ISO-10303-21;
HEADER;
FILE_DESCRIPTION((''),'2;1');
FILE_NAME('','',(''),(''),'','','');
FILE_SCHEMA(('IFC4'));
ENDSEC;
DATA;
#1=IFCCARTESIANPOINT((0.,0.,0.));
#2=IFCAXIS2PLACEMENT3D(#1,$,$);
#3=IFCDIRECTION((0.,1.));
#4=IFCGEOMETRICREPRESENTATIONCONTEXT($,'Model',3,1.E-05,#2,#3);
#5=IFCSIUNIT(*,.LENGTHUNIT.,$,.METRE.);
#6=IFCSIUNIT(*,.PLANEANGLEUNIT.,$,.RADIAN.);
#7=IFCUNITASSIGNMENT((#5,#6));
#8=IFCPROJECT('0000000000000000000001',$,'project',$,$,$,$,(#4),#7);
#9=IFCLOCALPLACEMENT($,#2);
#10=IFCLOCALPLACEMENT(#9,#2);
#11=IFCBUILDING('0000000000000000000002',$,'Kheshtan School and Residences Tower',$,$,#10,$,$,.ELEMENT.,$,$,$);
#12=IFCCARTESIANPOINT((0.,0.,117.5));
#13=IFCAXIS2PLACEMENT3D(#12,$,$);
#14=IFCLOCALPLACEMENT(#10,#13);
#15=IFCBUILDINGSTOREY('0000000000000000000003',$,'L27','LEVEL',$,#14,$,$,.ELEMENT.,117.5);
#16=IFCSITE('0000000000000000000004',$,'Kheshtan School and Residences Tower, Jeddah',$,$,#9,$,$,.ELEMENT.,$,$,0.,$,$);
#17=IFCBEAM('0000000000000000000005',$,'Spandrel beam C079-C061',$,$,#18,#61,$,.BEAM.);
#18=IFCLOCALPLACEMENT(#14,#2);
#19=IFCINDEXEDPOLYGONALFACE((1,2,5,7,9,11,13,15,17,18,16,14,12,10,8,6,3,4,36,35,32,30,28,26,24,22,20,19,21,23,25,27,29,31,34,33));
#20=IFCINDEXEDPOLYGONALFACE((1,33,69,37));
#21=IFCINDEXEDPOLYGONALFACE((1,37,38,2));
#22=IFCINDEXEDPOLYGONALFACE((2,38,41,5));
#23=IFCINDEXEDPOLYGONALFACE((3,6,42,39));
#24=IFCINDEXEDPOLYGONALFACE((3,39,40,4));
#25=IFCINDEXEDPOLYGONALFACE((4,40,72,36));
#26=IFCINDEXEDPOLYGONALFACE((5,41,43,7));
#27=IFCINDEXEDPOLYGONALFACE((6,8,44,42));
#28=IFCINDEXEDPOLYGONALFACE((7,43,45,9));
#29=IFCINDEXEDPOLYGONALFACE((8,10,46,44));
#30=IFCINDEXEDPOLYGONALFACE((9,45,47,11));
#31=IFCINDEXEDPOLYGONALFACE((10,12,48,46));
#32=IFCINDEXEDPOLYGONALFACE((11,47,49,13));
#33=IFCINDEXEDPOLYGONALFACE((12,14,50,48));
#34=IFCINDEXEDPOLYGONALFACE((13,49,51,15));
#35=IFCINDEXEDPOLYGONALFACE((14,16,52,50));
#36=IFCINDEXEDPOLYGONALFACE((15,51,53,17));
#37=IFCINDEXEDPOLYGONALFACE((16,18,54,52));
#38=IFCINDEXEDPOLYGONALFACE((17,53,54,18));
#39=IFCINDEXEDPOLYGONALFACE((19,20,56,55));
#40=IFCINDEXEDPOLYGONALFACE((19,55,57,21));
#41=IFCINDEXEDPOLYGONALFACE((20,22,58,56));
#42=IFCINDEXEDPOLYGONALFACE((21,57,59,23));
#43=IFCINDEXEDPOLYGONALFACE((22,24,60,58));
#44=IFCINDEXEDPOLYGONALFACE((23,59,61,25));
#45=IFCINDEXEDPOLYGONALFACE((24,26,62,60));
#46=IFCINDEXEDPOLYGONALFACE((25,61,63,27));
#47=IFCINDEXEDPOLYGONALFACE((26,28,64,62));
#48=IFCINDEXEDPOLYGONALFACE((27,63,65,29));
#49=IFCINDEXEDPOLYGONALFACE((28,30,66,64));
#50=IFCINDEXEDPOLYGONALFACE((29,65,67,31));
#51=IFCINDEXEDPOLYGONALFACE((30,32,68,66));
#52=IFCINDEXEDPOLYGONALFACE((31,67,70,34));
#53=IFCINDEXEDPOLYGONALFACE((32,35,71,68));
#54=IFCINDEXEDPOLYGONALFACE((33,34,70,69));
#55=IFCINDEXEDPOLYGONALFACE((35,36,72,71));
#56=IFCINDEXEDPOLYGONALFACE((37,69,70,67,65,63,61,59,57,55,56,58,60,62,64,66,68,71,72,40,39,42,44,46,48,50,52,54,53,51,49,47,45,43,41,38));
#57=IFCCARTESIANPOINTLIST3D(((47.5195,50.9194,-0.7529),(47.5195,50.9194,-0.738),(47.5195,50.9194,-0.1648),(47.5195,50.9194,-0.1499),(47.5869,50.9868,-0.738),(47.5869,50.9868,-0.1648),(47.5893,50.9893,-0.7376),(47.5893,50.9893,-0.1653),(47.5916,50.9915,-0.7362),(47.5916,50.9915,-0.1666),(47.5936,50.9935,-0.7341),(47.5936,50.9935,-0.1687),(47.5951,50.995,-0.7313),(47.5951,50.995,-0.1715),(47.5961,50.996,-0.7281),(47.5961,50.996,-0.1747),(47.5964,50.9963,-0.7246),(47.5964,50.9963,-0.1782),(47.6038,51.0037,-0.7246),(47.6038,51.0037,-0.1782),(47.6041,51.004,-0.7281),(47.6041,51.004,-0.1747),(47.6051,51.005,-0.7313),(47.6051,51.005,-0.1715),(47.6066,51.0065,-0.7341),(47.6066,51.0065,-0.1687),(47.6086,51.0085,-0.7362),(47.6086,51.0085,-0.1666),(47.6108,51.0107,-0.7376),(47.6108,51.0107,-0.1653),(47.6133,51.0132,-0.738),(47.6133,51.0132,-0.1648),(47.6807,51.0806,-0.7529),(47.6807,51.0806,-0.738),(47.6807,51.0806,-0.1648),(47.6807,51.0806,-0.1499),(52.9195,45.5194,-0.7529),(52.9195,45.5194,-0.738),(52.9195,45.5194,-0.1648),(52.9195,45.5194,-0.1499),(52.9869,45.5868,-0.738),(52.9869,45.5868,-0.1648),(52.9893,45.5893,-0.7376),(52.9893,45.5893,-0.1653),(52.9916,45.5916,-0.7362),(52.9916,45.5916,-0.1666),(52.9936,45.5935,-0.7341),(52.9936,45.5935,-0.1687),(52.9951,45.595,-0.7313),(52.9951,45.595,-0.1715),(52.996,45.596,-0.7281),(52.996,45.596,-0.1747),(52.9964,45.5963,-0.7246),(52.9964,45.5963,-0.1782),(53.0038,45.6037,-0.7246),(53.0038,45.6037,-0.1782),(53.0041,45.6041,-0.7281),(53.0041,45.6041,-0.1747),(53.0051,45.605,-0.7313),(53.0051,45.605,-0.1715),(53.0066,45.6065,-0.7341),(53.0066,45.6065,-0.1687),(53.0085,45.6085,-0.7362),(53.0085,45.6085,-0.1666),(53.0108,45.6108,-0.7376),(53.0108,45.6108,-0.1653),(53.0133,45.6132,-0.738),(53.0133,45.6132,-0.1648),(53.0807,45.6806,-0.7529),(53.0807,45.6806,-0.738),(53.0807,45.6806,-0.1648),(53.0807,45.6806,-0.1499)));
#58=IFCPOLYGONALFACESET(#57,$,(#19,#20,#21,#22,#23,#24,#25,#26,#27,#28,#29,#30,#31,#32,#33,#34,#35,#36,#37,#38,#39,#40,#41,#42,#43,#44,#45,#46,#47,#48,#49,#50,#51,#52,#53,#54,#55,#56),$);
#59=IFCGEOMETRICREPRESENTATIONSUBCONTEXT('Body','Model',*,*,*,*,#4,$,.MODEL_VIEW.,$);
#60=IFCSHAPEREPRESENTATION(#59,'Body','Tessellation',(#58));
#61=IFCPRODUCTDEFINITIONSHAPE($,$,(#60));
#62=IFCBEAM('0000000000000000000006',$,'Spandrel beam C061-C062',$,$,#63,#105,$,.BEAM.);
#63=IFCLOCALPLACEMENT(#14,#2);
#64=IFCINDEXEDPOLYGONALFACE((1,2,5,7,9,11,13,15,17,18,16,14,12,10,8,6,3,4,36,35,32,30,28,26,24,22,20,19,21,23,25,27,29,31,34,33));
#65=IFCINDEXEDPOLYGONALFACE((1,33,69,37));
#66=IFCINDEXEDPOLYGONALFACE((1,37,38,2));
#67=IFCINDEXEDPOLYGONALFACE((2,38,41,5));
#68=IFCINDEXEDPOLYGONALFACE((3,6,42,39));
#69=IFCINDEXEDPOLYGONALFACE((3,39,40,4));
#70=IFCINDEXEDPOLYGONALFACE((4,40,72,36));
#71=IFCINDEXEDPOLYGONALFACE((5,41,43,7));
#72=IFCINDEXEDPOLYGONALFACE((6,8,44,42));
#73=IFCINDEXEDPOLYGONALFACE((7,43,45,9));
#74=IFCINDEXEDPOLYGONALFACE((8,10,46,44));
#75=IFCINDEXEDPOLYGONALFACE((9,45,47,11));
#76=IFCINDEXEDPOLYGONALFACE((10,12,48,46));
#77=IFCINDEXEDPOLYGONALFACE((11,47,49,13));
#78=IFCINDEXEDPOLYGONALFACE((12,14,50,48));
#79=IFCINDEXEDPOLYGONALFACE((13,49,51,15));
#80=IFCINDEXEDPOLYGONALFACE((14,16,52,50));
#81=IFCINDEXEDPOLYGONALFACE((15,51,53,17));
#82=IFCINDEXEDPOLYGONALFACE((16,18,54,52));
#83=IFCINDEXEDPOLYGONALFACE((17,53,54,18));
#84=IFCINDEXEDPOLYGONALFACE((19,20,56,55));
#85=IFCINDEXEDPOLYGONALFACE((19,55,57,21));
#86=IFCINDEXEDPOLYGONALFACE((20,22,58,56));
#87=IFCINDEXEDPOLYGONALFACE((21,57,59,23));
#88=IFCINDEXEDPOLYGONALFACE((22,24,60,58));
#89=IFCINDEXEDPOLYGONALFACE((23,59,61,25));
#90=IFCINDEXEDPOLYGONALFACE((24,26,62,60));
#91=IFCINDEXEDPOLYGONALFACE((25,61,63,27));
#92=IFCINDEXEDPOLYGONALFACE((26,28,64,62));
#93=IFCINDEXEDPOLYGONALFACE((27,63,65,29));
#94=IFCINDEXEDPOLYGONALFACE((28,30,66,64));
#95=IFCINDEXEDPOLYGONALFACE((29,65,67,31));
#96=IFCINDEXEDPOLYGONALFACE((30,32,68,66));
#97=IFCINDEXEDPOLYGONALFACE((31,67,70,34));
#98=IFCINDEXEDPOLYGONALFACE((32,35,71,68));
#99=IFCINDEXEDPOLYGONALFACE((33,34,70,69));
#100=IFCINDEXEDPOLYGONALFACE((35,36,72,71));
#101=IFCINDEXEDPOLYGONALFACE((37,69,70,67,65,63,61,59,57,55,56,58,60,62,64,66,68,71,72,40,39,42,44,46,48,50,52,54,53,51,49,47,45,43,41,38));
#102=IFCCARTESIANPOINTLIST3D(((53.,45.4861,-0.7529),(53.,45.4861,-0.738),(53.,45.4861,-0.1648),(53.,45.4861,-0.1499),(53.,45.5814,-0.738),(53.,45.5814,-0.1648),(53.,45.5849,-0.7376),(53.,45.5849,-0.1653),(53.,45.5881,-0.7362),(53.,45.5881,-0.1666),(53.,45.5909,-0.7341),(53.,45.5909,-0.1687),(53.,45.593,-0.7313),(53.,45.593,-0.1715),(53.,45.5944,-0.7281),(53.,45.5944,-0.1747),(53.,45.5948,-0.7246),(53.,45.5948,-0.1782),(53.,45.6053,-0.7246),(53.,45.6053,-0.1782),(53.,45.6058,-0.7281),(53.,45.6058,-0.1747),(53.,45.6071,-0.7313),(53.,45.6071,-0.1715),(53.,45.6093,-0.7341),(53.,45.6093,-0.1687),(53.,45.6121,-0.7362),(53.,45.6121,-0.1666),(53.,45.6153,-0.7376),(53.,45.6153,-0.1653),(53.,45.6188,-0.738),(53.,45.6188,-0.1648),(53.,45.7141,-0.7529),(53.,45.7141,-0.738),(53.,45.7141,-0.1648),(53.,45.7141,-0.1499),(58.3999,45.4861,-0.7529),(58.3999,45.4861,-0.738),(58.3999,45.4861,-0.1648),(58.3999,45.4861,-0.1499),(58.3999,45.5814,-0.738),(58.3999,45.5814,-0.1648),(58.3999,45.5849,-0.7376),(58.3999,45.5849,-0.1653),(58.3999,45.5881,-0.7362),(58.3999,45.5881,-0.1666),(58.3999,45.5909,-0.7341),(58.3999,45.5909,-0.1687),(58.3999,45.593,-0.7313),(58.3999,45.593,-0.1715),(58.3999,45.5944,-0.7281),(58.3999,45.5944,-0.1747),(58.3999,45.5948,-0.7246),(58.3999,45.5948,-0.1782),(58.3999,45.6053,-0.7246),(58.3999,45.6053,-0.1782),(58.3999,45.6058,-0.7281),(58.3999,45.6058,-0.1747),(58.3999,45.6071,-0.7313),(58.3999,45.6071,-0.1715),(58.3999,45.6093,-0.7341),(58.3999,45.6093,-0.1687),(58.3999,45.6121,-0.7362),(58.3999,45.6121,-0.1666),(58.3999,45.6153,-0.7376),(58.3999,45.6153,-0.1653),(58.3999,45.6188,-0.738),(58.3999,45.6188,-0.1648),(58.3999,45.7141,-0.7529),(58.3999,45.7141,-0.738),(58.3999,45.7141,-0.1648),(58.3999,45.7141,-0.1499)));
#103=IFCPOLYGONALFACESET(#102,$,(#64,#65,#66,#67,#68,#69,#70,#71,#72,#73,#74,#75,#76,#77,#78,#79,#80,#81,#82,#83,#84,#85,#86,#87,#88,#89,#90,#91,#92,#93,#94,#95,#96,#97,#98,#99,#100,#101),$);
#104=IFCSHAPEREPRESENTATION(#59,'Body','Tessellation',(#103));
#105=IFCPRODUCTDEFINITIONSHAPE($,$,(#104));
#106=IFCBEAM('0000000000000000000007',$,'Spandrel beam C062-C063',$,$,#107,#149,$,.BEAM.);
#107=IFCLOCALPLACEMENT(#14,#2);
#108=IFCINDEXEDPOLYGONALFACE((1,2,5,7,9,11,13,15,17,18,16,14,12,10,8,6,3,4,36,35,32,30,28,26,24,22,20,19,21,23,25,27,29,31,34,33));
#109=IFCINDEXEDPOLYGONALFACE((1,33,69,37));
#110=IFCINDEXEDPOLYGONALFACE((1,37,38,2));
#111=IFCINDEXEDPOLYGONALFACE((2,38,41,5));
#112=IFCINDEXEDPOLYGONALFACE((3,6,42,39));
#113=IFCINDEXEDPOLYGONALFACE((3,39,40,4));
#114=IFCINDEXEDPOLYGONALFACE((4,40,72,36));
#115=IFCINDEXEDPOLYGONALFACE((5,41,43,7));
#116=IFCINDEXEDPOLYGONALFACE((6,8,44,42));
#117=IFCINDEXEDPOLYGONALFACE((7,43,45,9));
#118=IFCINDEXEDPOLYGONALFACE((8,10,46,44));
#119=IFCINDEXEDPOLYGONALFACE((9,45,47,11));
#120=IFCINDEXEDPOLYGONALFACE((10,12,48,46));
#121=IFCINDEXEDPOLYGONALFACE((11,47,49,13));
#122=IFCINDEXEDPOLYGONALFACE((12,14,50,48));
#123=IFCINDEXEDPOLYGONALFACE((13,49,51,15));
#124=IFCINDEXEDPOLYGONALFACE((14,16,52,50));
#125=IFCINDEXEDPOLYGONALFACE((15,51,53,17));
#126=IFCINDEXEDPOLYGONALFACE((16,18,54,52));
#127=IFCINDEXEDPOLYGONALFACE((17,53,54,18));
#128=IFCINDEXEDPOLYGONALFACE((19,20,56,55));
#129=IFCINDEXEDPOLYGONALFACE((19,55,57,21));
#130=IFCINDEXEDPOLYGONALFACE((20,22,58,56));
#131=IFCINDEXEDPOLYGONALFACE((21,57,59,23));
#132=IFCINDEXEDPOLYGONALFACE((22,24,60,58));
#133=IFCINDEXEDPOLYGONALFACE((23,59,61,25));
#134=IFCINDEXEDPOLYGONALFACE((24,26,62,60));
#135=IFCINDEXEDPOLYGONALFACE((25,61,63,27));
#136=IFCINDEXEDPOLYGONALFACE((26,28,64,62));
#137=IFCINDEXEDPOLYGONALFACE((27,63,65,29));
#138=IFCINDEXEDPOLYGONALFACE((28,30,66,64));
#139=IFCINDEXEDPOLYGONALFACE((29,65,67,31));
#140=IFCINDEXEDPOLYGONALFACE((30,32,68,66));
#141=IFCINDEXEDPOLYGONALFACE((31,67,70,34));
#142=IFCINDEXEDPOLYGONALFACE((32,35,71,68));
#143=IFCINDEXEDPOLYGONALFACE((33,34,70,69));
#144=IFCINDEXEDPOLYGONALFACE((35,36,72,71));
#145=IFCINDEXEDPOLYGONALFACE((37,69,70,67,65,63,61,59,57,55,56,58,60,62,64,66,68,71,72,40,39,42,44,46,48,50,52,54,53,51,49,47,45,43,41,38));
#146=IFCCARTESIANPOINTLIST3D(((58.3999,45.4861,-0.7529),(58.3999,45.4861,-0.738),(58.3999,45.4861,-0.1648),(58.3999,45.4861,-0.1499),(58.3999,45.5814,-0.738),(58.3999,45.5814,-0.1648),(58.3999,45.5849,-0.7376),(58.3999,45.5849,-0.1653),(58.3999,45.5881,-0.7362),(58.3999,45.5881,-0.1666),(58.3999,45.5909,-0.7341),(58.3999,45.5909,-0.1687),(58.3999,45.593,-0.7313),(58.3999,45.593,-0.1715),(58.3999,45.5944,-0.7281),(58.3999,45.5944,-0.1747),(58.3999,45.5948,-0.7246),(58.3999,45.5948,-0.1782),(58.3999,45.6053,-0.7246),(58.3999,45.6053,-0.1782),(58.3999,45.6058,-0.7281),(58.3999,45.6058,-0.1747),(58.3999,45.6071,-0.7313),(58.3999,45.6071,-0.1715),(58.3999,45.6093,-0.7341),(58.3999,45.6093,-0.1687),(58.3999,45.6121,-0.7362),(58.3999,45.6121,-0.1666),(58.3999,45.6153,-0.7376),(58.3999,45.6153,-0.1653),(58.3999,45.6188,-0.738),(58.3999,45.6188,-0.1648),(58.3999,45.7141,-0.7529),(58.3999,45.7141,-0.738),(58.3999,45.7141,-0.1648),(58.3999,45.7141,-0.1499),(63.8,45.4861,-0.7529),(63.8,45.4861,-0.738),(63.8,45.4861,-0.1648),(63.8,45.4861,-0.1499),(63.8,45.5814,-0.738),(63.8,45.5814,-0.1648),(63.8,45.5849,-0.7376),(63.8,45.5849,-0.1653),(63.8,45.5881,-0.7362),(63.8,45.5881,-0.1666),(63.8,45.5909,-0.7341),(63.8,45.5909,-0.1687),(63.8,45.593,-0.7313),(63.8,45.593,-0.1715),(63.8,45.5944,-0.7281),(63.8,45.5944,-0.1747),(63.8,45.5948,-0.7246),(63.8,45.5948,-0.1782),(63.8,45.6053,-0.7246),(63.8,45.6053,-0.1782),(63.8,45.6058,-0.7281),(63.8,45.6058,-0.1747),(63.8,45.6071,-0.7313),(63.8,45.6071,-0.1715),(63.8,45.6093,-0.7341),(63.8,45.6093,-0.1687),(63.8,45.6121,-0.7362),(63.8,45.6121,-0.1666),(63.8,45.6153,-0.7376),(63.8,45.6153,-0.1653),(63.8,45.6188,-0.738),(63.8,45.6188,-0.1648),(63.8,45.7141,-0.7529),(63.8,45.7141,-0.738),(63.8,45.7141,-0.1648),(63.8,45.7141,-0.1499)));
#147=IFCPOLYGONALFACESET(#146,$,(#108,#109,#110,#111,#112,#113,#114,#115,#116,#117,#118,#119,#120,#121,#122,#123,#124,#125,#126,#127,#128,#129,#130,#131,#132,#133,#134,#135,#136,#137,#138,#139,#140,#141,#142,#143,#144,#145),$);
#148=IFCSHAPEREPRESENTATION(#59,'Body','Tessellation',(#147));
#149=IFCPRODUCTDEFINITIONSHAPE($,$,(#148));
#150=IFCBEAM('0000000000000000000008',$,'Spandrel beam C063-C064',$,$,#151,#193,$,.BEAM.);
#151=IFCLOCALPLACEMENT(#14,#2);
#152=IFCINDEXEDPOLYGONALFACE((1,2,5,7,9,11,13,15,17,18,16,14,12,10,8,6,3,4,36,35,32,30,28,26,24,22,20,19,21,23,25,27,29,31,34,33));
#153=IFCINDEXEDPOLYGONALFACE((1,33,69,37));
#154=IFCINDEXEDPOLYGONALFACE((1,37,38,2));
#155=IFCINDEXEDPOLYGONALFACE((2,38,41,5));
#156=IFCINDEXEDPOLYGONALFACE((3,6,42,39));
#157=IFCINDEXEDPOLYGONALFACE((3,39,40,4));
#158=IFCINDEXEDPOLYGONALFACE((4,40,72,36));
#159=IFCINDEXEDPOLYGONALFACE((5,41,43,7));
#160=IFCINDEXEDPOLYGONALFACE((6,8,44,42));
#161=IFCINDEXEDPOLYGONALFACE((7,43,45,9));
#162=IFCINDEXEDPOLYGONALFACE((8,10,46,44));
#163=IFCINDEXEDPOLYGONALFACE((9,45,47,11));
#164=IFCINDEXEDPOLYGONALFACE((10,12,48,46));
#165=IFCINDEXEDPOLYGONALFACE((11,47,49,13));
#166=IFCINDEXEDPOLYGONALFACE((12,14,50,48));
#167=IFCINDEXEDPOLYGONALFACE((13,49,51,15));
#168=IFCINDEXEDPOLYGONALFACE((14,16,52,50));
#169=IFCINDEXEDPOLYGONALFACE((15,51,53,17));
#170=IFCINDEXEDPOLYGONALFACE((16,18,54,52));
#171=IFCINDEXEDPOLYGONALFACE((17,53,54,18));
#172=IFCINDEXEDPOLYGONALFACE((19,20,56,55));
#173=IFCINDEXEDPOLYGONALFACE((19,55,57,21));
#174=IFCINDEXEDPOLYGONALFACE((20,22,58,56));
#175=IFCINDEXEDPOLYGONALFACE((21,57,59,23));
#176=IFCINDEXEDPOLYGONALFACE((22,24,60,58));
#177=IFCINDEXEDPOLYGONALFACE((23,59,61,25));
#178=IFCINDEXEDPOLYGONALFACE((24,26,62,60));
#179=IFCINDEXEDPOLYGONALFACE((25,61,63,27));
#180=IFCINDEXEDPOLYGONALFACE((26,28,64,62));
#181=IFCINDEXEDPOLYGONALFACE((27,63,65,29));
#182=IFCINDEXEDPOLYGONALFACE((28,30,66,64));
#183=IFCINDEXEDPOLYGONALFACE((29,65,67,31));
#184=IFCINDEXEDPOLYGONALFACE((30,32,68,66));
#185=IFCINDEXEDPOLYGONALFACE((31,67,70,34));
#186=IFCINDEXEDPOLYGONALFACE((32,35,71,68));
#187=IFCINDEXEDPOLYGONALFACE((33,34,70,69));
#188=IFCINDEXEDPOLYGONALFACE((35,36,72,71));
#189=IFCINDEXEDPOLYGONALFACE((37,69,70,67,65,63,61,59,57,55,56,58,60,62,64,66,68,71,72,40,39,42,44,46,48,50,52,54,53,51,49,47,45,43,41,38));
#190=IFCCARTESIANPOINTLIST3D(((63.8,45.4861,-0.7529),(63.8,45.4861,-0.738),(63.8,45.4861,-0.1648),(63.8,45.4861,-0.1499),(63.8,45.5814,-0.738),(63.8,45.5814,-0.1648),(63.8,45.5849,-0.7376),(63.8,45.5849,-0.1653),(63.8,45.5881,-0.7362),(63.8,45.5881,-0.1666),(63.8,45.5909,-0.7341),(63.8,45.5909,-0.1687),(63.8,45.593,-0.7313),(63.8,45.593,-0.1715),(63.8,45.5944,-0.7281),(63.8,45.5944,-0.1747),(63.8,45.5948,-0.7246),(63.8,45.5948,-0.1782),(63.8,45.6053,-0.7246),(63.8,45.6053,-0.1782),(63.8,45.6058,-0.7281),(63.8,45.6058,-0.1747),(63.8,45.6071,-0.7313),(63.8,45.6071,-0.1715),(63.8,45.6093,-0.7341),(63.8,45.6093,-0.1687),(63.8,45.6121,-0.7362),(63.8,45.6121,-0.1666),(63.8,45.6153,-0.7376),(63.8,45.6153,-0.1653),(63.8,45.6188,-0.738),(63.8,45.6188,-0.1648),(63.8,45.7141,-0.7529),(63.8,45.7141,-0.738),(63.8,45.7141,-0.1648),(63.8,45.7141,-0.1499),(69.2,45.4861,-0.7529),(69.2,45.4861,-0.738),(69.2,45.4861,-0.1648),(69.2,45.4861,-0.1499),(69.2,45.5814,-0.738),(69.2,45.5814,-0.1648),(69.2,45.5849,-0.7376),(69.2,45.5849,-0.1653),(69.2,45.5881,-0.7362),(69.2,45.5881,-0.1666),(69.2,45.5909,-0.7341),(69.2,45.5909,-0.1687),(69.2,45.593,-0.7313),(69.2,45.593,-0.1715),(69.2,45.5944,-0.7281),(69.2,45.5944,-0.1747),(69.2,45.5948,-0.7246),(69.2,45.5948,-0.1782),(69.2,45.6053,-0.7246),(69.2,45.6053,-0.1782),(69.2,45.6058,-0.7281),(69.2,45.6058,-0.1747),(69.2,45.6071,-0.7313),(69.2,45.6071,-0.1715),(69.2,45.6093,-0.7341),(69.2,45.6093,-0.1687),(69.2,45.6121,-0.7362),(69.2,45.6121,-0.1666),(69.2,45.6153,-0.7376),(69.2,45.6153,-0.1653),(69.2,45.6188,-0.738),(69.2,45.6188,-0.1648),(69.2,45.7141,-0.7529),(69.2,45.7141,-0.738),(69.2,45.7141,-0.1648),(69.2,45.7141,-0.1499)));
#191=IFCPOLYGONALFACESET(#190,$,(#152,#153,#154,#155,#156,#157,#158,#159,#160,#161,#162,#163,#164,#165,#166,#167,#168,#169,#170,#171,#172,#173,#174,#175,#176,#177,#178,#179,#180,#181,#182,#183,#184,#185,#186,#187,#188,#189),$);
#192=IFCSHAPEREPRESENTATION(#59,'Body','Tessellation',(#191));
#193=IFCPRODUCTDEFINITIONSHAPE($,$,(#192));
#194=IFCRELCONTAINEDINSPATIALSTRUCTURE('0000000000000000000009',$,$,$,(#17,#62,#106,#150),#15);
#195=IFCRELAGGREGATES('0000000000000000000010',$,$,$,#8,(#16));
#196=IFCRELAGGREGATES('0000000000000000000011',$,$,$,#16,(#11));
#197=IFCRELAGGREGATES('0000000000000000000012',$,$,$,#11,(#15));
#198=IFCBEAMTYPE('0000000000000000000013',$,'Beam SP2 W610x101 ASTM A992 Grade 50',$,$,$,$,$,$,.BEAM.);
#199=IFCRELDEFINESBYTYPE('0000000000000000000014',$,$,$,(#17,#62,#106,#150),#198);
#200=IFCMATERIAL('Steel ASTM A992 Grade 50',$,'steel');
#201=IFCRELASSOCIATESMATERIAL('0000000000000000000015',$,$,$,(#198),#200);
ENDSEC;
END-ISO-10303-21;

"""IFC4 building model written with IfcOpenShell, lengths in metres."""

from ifc_helpers import new_model, si_unit, direction, frame, origin, origin_2d, place, context, subcontext, project, spatial, i_section, extrude, material, material_profile, profile_set, type_object, element, save


model = new_model("IFC4")

# Units and contexts
model_context = context("Model", 3, precision=1e-05, world=origin(), true_north=direction((0.0, 1.0)))
body_context = subcontext(model_context, "Body", "Model", "MODEL_VIEW")
ifc_project = project(units=[si_unit("LENGTHUNIT", "METRE"), si_unit("PLANEANGLEUNIT", "RADIAN")], contexts=[model_context])

# Site, building, storey
site_placement = place(None, origin())
site = spatial("IfcSite", under=ifc_project, at=site_placement, Name="Kheshtan School and Residences Tower, Jeddah", CompositionType="ELEMENT", RefElevation=0.0)
building_placement = place(site_placement, origin())
building = spatial("IfcBuilding", under=site, at=building_placement, Name="Kheshtan School and Residences Tower", CompositionType="ELEMENT")
storey_placement = place(building_placement, frame((0.0, 0.0, 117.5)))
storey = spatial("IfcBuildingStorey", under=building, at=storey_placement, Name="L27", Description="LEVEL", CompositionType="ELEMENT", Elevation=117.5)

# Shared definitions
ifc_material_1 = material(Name="Steel ASTM A992 Grade 50", Category="steel")

# Beams
ifc_material_profile_1 = material_profile(ifc_material_1, i_section(OverallWidth=0.228, OverallDepth=0.603, WebThickness=0.0105, FlangeThickness=0.0149, FilletRadius=0.0134, at=origin_2d()), Name="W610x101")
ifc_profile_set_1 = profile_set([ifc_material_profile_1], Name="Steel ASTM A992 Grade 50")
beam_type_1 = type_object("IfcBeamType", Name="Beam SP2 W610x101 ASTM A992 Grade 50", PredefinedType="BEAM", material=ifc_profile_set_1)
beam_1_placement = place(storey_placement, frame((47.6001, 51.0, -0.4514), z_axis=(0.707107, -0.707107, 0.0), x_axis=(0.707107, 0.707107, 0.0)))
element("IfcBeam", 1, at=beam_1_placement, inside=storey, type_object=beam_type_1, Name="Spandrel beam C079-C061", PredefinedType="BEAM", context=body_context, shape_type="SweptSolid", body=[
    extrude(i_section(OverallWidth=0.228, OverallDepth=0.603, WebThickness=0.0105, FlangeThickness=0.0149, FilletRadius=0.0134, at=origin_2d()), origin(), (0.0, 0.0, 1.0), 7.6367),
])
beam_2_placement = place(storey_placement, frame((53.0, 45.6001, -0.4514), z_axis=(1.0, 0.0, 0.0), x_axis=(0.0, 1.0, 0.0)))
element("IfcBeam", 2, at=beam_2_placement, inside=storey, type_object=beam_type_1, Name="Spandrel beam C061-C062", PredefinedType="BEAM", context=body_context, shape_type="SweptSolid", body=[
    extrude(i_section(OverallWidth=0.228, OverallDepth=0.603, WebThickness=0.0105, FlangeThickness=0.0149, FilletRadius=0.0134, at=origin_2d()), origin(), (0.0, 0.0, 1.0), 5.3999),
])
beam_3_placement = place(storey_placement, frame((58.3999, 45.6001, -0.4514), z_axis=(1.0, 0.0, 0.0), x_axis=(0.0, 1.0, 0.0)))
element("IfcBeam", 3, at=beam_3_placement, inside=storey, type_object=beam_type_1, Name="Spandrel beam C062-C063", PredefinedType="BEAM", context=body_context, shape_type="SweptSolid", body=[
    extrude(i_section(OverallWidth=0.228, OverallDepth=0.603, WebThickness=0.0105, FlangeThickness=0.0149, FilletRadius=0.0134, at=origin_2d()), origin(), (0.0, 0.0, 1.0), 5.4001),
])
beam_4_placement = place(storey_placement, frame((63.8, 45.6001, -0.4514), z_axis=(1.0, 0.0, 0.0), x_axis=(0.0, 1.0, 0.0)))
element("IfcBeam", 4, at=beam_4_placement, inside=storey, type_object=beam_type_1, Name="Spandrel beam C063-C064", PredefinedType="BEAM", context=body_context, shape_type="SweptSolid", body=[
    extrude(i_section(OverallWidth=0.228, OverallDepth=0.603, WebThickness=0.0105, FlangeThickness=0.0149, FilletRadius=0.0134, at=origin_2d()), origin(), (0.0, 0.0, 1.0), 5.3999),
])

save(model, "model.ifc")
